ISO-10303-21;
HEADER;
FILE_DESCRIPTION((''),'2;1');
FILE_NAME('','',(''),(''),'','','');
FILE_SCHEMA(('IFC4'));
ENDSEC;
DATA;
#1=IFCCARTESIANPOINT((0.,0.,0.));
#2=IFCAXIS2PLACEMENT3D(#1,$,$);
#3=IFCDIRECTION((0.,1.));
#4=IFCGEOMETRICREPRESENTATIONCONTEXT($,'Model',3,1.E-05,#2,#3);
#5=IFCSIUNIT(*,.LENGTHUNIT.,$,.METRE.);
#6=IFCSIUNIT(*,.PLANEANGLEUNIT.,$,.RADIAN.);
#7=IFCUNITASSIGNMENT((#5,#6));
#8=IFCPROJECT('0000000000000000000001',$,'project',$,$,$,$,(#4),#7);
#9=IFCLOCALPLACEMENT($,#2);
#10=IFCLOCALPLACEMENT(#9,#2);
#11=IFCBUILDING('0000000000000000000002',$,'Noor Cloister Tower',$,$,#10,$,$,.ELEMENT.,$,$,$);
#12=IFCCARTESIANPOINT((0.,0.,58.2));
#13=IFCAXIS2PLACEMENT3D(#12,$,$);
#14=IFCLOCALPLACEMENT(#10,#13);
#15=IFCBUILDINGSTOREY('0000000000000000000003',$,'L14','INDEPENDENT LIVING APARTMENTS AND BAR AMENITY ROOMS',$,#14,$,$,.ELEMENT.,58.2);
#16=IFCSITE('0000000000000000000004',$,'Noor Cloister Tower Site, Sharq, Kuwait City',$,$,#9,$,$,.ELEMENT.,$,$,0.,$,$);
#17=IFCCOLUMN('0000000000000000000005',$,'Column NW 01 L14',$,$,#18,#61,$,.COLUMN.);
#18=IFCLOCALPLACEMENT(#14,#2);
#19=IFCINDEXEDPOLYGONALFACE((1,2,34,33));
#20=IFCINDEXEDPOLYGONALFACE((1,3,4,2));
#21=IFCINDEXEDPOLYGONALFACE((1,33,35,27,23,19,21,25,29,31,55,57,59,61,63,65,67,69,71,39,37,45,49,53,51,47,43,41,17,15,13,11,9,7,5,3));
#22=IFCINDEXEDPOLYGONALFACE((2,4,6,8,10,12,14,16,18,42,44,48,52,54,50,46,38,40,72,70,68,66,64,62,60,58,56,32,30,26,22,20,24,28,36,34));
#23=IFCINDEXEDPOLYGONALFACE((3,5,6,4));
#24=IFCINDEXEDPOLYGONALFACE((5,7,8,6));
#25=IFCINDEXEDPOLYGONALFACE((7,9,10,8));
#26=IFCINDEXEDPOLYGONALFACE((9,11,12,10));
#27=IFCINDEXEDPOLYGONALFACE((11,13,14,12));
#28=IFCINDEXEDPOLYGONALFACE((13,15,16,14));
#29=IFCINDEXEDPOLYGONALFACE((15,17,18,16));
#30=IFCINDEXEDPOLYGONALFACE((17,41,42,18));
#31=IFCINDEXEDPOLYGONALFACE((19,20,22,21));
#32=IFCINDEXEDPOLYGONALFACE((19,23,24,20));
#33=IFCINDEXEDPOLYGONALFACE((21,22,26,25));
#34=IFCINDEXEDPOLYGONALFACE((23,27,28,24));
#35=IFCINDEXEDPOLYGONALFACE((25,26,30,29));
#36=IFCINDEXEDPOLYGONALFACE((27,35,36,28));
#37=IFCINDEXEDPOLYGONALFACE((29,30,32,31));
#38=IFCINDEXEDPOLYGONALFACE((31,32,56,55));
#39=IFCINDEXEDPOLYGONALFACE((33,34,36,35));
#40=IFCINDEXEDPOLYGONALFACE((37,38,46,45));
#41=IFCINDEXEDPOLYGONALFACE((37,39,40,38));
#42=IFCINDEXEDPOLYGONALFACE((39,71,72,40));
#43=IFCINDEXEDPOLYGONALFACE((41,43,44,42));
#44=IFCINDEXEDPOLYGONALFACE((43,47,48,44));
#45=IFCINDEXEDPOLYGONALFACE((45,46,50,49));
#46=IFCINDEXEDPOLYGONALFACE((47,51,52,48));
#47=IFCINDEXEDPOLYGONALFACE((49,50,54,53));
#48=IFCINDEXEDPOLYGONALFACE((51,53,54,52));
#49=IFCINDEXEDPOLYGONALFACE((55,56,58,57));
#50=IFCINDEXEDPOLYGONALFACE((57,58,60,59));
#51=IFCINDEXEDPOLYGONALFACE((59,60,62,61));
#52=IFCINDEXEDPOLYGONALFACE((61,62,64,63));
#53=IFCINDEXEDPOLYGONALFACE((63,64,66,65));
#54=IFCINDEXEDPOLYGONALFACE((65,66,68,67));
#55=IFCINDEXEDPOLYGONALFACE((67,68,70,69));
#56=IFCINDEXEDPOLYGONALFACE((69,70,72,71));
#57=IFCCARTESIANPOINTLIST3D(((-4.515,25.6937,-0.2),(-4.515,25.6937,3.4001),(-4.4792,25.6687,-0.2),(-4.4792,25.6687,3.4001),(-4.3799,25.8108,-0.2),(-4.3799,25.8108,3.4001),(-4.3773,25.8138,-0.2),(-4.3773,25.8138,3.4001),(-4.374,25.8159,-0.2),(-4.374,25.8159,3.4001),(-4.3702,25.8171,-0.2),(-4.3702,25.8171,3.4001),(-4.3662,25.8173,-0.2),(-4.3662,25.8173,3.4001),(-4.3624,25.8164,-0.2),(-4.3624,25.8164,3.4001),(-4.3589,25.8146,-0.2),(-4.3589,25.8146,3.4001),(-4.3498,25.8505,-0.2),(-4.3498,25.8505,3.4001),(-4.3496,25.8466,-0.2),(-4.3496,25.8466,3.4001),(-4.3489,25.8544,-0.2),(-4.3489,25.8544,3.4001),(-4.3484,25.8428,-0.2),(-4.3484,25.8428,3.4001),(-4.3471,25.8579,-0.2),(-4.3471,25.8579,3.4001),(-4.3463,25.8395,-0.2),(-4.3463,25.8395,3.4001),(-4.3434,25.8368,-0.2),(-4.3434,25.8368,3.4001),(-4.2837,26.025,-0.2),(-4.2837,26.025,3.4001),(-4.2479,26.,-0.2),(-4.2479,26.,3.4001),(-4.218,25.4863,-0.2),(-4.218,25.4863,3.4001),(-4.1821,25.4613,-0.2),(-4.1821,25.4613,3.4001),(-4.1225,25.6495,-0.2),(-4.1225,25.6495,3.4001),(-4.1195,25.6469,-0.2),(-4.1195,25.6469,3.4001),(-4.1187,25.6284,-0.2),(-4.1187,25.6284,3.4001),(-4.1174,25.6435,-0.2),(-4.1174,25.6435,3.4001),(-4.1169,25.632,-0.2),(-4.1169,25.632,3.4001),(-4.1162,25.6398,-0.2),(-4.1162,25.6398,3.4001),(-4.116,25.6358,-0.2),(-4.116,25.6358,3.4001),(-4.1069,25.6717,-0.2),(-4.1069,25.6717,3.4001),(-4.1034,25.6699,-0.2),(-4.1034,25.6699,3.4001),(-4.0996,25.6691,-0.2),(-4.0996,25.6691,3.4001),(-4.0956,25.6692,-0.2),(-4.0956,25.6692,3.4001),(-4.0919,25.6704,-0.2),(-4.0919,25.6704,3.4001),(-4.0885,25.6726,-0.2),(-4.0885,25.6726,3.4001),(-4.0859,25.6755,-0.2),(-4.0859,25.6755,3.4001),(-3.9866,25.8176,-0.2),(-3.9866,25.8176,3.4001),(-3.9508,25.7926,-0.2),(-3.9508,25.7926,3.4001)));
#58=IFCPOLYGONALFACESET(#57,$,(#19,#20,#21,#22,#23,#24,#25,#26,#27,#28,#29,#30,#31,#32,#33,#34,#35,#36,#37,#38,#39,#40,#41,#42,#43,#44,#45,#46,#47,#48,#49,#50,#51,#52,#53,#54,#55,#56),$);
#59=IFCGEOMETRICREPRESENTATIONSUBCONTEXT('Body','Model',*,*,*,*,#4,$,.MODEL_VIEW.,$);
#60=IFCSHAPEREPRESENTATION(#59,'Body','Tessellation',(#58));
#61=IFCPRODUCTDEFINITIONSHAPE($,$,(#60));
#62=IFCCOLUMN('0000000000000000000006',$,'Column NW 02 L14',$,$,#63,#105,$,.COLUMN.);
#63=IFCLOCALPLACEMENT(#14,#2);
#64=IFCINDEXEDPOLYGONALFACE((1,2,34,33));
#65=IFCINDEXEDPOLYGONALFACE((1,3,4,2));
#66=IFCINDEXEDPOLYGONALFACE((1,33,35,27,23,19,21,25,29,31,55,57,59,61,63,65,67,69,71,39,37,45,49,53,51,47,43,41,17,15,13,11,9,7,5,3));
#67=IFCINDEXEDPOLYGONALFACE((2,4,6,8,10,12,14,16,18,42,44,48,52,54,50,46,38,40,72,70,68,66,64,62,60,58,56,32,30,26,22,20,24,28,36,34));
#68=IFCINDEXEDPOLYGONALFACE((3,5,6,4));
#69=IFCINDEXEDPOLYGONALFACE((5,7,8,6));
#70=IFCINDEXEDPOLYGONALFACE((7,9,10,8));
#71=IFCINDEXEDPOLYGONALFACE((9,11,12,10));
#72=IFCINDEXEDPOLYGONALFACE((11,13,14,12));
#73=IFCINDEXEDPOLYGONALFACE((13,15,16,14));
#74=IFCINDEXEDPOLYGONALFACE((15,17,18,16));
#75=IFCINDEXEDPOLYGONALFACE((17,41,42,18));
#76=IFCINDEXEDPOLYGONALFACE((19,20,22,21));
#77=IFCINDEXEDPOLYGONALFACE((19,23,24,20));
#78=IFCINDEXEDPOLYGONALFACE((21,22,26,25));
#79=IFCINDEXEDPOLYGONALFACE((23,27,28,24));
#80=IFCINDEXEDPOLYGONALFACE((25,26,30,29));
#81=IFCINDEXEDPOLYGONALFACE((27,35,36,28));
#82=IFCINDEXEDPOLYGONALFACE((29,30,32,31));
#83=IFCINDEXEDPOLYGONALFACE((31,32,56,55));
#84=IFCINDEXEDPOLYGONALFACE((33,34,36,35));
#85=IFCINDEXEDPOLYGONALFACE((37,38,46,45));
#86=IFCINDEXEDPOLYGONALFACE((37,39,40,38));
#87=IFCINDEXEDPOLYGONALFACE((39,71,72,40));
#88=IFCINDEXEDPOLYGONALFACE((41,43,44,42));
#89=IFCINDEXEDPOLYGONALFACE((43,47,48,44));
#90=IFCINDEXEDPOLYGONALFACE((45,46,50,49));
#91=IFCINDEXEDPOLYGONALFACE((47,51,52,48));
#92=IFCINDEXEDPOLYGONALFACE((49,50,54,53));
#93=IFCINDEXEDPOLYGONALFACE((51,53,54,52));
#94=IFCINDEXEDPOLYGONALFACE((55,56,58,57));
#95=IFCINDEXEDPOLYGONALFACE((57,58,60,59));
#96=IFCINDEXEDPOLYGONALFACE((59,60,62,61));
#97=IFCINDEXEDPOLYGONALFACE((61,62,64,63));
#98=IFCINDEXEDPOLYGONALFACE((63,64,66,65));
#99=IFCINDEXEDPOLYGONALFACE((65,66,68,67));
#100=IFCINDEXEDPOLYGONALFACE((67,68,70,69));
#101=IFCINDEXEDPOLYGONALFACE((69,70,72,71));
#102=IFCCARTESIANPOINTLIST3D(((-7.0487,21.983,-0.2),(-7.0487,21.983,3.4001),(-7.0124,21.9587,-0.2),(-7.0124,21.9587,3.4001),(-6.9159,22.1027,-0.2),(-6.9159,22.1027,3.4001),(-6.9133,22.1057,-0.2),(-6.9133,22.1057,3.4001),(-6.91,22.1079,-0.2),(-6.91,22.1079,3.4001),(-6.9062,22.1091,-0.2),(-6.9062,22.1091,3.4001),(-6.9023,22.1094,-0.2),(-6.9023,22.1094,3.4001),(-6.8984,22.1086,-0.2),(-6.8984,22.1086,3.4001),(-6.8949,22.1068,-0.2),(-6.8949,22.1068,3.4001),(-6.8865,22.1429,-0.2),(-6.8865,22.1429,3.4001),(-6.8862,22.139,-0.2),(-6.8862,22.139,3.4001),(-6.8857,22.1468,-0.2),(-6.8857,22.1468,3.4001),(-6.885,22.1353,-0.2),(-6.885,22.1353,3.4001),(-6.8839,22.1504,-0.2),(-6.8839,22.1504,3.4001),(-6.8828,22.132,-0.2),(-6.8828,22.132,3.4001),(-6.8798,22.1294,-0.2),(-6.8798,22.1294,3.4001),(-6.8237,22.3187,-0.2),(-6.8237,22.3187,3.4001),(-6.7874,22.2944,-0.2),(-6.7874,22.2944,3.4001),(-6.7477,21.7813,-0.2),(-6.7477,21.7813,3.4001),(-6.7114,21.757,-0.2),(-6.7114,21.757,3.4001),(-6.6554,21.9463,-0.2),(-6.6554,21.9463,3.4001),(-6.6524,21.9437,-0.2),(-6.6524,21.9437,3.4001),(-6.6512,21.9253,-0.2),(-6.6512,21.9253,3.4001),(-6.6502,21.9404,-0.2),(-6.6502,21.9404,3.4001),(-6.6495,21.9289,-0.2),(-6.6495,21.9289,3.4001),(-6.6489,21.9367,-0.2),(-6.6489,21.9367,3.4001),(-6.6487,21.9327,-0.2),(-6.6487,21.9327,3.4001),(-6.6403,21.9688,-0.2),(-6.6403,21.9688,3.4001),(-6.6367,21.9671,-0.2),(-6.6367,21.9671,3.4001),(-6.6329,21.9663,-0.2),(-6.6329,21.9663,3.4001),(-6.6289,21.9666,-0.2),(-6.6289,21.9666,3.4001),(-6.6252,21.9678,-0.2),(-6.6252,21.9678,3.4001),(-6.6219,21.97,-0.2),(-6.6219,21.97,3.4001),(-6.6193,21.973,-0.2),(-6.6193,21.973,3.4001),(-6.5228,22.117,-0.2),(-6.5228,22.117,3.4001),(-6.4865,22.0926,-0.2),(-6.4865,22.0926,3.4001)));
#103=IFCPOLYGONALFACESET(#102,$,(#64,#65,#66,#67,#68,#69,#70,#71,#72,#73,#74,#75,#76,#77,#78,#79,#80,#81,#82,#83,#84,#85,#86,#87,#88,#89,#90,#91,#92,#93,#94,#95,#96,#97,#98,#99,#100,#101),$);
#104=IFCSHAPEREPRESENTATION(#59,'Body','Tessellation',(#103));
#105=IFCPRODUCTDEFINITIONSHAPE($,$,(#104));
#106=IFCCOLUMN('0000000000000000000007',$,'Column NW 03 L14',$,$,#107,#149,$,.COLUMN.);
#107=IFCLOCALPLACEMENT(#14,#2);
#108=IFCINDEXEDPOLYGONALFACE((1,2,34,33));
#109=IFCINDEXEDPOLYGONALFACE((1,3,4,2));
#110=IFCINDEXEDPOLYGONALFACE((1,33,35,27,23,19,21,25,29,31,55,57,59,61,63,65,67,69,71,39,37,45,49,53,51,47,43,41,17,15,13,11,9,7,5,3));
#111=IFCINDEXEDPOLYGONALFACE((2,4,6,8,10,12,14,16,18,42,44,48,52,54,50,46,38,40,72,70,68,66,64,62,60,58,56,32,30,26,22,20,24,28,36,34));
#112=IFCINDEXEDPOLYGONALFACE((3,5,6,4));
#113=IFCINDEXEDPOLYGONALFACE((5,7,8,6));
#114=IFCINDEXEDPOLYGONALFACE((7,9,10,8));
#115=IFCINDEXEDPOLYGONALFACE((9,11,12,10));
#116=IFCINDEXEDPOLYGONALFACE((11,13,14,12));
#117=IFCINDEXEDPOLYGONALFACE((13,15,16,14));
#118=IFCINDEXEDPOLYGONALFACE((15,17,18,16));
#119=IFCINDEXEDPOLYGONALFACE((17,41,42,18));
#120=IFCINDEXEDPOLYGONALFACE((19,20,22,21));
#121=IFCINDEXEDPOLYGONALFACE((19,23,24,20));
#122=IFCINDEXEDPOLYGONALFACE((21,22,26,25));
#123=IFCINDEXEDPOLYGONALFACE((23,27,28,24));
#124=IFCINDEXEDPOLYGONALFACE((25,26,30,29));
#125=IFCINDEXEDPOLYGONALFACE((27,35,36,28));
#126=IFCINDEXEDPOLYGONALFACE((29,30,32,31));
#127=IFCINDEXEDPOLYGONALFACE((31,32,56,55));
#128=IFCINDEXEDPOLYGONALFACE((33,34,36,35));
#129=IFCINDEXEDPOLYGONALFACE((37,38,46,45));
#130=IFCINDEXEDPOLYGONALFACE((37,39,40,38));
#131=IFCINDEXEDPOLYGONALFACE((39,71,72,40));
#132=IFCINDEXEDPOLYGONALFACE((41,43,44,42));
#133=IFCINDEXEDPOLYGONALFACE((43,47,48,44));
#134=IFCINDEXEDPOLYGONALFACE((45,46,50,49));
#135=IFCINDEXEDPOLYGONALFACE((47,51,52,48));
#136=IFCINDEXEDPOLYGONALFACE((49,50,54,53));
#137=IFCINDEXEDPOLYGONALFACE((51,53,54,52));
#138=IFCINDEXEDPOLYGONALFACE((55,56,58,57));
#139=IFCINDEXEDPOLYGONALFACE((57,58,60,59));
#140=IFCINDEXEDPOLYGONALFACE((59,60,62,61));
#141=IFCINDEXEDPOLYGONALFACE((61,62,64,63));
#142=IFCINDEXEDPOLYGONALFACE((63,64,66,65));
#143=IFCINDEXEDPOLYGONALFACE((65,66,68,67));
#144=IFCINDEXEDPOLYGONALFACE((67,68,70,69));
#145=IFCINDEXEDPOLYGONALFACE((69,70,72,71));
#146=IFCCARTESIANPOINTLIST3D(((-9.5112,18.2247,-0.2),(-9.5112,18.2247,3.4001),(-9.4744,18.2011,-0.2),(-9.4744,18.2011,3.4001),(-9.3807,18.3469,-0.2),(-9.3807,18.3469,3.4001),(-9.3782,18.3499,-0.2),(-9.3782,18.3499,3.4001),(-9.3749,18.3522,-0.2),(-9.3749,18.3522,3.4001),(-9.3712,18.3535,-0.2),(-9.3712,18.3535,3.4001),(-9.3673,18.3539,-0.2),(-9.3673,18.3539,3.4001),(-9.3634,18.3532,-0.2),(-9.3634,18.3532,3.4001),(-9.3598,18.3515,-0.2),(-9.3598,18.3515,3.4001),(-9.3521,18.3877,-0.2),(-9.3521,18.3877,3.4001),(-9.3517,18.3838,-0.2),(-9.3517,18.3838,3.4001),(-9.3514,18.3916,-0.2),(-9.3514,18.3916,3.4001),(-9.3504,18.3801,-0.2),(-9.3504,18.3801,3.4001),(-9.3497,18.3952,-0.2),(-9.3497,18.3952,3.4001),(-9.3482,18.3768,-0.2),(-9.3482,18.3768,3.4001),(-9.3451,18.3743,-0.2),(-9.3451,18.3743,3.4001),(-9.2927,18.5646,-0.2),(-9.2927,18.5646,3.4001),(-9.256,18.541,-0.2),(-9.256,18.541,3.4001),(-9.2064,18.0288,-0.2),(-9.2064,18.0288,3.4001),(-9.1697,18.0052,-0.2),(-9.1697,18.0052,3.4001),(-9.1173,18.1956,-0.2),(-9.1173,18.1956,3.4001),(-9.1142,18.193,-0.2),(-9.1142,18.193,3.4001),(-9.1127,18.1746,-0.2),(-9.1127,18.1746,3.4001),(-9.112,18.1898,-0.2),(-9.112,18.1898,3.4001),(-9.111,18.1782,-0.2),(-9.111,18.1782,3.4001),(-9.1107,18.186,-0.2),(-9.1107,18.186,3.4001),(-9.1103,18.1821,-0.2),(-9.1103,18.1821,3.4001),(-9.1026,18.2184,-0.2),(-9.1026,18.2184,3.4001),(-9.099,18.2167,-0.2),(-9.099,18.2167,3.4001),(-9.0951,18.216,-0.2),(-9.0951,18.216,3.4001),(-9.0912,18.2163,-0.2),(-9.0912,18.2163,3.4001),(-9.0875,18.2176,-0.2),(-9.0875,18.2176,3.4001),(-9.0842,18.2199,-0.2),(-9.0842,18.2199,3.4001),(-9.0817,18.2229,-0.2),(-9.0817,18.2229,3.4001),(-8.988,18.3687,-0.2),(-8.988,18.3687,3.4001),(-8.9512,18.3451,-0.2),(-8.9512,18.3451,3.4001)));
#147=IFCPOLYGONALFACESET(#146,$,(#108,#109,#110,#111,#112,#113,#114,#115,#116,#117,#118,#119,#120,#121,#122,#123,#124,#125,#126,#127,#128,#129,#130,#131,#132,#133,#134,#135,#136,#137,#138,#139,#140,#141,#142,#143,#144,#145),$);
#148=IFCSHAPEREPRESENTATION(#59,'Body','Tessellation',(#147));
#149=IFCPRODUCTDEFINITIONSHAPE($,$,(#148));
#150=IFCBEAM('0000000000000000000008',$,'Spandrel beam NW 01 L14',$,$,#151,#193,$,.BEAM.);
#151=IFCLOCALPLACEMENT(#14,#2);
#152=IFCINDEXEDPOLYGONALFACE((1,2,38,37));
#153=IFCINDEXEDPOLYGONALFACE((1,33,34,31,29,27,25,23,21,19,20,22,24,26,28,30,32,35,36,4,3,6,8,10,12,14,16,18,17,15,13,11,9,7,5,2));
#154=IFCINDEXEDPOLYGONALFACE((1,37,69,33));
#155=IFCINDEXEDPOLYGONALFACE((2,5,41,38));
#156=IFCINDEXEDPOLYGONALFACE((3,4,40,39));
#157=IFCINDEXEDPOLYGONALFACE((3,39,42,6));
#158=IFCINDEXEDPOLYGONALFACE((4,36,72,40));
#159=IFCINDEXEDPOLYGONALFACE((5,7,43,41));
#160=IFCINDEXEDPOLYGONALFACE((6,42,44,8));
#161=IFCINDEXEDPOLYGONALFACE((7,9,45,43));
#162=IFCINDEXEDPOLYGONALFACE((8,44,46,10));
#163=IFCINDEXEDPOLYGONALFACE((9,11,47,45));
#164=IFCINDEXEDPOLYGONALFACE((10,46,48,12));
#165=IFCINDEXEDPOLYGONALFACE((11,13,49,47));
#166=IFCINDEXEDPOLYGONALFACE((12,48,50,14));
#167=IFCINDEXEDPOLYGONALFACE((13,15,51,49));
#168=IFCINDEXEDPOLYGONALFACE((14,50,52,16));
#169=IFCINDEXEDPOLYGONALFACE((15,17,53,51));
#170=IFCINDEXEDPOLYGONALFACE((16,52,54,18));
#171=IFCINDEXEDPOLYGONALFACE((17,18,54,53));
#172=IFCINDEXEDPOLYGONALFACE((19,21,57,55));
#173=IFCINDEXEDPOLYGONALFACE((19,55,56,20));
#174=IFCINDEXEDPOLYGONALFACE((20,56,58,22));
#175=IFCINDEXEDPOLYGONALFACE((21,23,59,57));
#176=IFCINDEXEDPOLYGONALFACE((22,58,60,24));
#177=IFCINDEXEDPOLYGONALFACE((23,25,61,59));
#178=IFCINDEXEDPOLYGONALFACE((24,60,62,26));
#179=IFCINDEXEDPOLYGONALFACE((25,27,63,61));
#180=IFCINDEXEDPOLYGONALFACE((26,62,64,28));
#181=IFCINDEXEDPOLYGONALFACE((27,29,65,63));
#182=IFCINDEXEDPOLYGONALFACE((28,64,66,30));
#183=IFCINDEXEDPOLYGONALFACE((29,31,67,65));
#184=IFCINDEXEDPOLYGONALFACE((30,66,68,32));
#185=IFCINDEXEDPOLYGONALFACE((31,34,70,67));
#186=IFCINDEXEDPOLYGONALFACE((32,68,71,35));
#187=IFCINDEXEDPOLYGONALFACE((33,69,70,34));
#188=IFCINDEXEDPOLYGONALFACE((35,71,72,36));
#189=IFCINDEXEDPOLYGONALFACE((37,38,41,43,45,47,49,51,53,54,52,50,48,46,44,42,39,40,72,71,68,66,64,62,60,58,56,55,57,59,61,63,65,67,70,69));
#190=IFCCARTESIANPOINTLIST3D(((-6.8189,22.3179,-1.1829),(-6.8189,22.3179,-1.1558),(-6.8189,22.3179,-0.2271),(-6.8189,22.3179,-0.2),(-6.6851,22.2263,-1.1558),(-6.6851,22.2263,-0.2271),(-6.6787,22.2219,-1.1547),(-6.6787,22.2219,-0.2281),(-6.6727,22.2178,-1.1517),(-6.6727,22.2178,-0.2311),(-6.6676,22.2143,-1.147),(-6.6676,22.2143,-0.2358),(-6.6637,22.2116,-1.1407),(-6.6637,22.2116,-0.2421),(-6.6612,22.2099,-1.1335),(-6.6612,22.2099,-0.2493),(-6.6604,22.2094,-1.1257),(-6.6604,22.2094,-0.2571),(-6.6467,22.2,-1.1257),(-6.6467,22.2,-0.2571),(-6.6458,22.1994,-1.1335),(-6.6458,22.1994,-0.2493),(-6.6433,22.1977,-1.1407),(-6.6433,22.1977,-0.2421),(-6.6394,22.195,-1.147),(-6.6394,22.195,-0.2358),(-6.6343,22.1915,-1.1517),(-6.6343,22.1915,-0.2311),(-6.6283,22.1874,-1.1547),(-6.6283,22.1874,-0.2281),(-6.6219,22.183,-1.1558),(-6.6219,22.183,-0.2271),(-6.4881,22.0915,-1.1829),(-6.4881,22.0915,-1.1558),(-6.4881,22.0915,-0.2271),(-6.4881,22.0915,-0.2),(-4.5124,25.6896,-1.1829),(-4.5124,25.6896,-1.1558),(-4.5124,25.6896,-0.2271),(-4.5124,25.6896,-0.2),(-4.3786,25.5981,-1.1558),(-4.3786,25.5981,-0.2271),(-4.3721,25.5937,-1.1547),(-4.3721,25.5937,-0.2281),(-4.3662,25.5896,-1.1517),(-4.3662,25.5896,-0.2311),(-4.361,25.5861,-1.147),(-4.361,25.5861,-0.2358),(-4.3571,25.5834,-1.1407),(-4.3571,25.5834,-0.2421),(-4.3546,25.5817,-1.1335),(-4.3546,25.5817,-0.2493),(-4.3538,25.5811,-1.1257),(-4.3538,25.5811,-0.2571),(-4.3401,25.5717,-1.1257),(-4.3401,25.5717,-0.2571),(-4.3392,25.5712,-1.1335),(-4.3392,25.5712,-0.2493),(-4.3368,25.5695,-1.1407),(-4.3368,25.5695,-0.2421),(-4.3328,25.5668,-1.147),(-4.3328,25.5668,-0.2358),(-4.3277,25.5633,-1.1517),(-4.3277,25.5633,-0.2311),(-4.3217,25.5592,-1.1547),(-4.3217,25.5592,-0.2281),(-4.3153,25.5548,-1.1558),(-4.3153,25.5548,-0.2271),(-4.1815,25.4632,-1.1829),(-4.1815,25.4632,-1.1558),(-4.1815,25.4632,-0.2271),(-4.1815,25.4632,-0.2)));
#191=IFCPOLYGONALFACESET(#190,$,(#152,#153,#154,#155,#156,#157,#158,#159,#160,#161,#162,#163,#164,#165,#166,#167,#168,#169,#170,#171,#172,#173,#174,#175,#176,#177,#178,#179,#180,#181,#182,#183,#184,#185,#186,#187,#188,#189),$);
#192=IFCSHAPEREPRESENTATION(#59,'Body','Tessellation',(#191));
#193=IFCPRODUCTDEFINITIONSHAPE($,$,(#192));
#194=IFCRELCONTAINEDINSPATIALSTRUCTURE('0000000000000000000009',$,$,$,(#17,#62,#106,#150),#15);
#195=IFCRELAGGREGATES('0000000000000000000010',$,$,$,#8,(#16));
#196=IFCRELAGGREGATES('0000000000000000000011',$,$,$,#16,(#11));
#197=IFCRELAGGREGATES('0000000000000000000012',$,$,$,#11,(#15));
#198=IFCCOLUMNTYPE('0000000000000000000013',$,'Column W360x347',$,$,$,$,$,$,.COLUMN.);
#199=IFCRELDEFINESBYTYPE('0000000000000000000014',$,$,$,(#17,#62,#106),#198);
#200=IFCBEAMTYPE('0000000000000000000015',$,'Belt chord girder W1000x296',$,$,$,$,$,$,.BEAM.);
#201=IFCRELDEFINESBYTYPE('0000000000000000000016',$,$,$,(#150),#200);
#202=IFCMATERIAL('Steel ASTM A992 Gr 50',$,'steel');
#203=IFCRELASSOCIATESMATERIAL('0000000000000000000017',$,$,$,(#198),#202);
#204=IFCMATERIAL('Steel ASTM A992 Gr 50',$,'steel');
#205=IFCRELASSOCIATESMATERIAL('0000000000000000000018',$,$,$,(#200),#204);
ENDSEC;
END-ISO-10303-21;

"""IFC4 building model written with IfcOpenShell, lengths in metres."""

from ifc_helpers import new_model, si_unit, direction, frame, origin, origin_2d, place, context, subcontext, project, spatial, i_section, extrude, material, material_profile, profile_set, type_object, element, save


model = new_model("IFC4")

# Units and contexts
model_context = context("Model", 3, precision=1e-05, world=origin(), true_north=direction((0.0, 1.0)))
body_context = subcontext(model_context, "Body", "Model", "MODEL_VIEW")
ifc_project = project(units=[si_unit("LENGTHUNIT", "METRE"), si_unit("PLANEANGLEUNIT", "RADIAN")], contexts=[model_context])

# Site, building, storey
site_placement = place(None, origin())
site = spatial("IfcSite", under=ifc_project, at=site_placement, Name="Noor Cloister Tower Site, Sharq, Kuwait City", CompositionType="ELEMENT", RefElevation=0.0)
building_placement = place(site_placement, origin())
building = spatial("IfcBuilding", under=site, at=building_placement, Name="Noor Cloister Tower", CompositionType="ELEMENT")
storey_placement = place(building_placement, frame((0.0, 0.0, 58.2)))
storey = spatial("IfcBuildingStorey", under=building, at=storey_placement, Name="L14", Description="INDEPENDENT LIVING APARTMENTS AND BAR AMENITY ROOMS", CompositionType="ELEMENT", Elevation=58.2)

# Columns
ifc_material_1 = material(Name="Steel ASTM A992 Gr 50", Category="steel")
ifc_material_profile_1 = material_profile(ifc_material_1, i_section(OverallWidth=0.4041, OverallDepth=0.406, WebThickness=0.0271, FlangeThickness=0.0437, FilletRadius=0.0151, at=origin_2d()), Name="W360x347")
ifc_profile_set_1 = profile_set([ifc_material_profile_1], Name="Steel ASTM A992 Gr 50")
column_type = type_object("IfcColumnType", Name="Column W360x347", PredefinedType="COLUMN", material=ifc_profile_set_1)
for number, where, z_axis, x_axis, name in (
    (1, (-4.2329, 25.7432, -0.2), (0.0, 0.0, 1.0), (-0.572484, -0.819916, 0.0), "Column NW 01 L14"),
    (2, (-6.7676, 22.0378, -0.2), (0.0, 0.0, 1.0), (-0.556723, -0.830698, 0.0), "Column NW 02 L14"),
    (3, (-9.2312, 18.2849, -0.2), (0.0, 0.0, 1.0), (-0.540759, -0.841177, 0.0), "Column NW 03 L14"),
):
    element("IfcColumn", number, at=place(storey_placement, frame(where, z_axis=z_axis, x_axis=x_axis)), inside=storey, type_object=column_type, Name=name, PredefinedType="COLUMN", context=body_context, shape_type="SweptSolid", body=[
        extrude(i_section(OverallWidth=0.4041, OverallDepth=0.406, WebThickness=0.0271, FlangeThickness=0.0437, FilletRadius=0.0151, at=origin_2d()), origin(), (0.0, 0.0, 1.0), 3.6001),
    ])

# Beam
ifc_material_2 = material(Name="Steel ASTM A992 Gr 50", Category="steel")
ifc_material_profile_2 = material_profile(ifc_material_2, i_section(OverallWidth=0.4009, OverallDepth=0.9829, WebThickness=0.0166, FlangeThickness=0.0271, FilletRadius=0.03, at=origin_2d()), Name="W1000x296")
ifc_profile_set_2 = profile_set([ifc_material_profile_2], Name="Steel ASTM A992 Gr 50")
beam_type_1 = type_object("IfcBeamType", Name="Belt chord girder W1000x296", PredefinedType="BEAM", material=ifc_profile_set_2)
beam_1_placement = place(storey_placement, frame((-4.3469, 25.5764, -0.6914), z_axis=(-0.564618, -0.825353, 0.0), x_axis=(0.825353, -0.564618, 0.0)))
element("IfcBeam", 4, at=beam_1_placement, inside=storey, type_object=beam_type_1, Name="Spandrel beam NW 01 L14", PredefinedType="BEAM", context=body_context, shape_type="SweptSolid", body=[
    extrude(i_section(OverallWidth=0.4009, OverallDepth=0.9829, WebThickness=0.0166, FlangeThickness=0.0271, FilletRadius=0.03, at=origin_2d()), origin(), (0.0, 0.0, 1.0), 4.0852),
])

save(model, "model.ifc")
